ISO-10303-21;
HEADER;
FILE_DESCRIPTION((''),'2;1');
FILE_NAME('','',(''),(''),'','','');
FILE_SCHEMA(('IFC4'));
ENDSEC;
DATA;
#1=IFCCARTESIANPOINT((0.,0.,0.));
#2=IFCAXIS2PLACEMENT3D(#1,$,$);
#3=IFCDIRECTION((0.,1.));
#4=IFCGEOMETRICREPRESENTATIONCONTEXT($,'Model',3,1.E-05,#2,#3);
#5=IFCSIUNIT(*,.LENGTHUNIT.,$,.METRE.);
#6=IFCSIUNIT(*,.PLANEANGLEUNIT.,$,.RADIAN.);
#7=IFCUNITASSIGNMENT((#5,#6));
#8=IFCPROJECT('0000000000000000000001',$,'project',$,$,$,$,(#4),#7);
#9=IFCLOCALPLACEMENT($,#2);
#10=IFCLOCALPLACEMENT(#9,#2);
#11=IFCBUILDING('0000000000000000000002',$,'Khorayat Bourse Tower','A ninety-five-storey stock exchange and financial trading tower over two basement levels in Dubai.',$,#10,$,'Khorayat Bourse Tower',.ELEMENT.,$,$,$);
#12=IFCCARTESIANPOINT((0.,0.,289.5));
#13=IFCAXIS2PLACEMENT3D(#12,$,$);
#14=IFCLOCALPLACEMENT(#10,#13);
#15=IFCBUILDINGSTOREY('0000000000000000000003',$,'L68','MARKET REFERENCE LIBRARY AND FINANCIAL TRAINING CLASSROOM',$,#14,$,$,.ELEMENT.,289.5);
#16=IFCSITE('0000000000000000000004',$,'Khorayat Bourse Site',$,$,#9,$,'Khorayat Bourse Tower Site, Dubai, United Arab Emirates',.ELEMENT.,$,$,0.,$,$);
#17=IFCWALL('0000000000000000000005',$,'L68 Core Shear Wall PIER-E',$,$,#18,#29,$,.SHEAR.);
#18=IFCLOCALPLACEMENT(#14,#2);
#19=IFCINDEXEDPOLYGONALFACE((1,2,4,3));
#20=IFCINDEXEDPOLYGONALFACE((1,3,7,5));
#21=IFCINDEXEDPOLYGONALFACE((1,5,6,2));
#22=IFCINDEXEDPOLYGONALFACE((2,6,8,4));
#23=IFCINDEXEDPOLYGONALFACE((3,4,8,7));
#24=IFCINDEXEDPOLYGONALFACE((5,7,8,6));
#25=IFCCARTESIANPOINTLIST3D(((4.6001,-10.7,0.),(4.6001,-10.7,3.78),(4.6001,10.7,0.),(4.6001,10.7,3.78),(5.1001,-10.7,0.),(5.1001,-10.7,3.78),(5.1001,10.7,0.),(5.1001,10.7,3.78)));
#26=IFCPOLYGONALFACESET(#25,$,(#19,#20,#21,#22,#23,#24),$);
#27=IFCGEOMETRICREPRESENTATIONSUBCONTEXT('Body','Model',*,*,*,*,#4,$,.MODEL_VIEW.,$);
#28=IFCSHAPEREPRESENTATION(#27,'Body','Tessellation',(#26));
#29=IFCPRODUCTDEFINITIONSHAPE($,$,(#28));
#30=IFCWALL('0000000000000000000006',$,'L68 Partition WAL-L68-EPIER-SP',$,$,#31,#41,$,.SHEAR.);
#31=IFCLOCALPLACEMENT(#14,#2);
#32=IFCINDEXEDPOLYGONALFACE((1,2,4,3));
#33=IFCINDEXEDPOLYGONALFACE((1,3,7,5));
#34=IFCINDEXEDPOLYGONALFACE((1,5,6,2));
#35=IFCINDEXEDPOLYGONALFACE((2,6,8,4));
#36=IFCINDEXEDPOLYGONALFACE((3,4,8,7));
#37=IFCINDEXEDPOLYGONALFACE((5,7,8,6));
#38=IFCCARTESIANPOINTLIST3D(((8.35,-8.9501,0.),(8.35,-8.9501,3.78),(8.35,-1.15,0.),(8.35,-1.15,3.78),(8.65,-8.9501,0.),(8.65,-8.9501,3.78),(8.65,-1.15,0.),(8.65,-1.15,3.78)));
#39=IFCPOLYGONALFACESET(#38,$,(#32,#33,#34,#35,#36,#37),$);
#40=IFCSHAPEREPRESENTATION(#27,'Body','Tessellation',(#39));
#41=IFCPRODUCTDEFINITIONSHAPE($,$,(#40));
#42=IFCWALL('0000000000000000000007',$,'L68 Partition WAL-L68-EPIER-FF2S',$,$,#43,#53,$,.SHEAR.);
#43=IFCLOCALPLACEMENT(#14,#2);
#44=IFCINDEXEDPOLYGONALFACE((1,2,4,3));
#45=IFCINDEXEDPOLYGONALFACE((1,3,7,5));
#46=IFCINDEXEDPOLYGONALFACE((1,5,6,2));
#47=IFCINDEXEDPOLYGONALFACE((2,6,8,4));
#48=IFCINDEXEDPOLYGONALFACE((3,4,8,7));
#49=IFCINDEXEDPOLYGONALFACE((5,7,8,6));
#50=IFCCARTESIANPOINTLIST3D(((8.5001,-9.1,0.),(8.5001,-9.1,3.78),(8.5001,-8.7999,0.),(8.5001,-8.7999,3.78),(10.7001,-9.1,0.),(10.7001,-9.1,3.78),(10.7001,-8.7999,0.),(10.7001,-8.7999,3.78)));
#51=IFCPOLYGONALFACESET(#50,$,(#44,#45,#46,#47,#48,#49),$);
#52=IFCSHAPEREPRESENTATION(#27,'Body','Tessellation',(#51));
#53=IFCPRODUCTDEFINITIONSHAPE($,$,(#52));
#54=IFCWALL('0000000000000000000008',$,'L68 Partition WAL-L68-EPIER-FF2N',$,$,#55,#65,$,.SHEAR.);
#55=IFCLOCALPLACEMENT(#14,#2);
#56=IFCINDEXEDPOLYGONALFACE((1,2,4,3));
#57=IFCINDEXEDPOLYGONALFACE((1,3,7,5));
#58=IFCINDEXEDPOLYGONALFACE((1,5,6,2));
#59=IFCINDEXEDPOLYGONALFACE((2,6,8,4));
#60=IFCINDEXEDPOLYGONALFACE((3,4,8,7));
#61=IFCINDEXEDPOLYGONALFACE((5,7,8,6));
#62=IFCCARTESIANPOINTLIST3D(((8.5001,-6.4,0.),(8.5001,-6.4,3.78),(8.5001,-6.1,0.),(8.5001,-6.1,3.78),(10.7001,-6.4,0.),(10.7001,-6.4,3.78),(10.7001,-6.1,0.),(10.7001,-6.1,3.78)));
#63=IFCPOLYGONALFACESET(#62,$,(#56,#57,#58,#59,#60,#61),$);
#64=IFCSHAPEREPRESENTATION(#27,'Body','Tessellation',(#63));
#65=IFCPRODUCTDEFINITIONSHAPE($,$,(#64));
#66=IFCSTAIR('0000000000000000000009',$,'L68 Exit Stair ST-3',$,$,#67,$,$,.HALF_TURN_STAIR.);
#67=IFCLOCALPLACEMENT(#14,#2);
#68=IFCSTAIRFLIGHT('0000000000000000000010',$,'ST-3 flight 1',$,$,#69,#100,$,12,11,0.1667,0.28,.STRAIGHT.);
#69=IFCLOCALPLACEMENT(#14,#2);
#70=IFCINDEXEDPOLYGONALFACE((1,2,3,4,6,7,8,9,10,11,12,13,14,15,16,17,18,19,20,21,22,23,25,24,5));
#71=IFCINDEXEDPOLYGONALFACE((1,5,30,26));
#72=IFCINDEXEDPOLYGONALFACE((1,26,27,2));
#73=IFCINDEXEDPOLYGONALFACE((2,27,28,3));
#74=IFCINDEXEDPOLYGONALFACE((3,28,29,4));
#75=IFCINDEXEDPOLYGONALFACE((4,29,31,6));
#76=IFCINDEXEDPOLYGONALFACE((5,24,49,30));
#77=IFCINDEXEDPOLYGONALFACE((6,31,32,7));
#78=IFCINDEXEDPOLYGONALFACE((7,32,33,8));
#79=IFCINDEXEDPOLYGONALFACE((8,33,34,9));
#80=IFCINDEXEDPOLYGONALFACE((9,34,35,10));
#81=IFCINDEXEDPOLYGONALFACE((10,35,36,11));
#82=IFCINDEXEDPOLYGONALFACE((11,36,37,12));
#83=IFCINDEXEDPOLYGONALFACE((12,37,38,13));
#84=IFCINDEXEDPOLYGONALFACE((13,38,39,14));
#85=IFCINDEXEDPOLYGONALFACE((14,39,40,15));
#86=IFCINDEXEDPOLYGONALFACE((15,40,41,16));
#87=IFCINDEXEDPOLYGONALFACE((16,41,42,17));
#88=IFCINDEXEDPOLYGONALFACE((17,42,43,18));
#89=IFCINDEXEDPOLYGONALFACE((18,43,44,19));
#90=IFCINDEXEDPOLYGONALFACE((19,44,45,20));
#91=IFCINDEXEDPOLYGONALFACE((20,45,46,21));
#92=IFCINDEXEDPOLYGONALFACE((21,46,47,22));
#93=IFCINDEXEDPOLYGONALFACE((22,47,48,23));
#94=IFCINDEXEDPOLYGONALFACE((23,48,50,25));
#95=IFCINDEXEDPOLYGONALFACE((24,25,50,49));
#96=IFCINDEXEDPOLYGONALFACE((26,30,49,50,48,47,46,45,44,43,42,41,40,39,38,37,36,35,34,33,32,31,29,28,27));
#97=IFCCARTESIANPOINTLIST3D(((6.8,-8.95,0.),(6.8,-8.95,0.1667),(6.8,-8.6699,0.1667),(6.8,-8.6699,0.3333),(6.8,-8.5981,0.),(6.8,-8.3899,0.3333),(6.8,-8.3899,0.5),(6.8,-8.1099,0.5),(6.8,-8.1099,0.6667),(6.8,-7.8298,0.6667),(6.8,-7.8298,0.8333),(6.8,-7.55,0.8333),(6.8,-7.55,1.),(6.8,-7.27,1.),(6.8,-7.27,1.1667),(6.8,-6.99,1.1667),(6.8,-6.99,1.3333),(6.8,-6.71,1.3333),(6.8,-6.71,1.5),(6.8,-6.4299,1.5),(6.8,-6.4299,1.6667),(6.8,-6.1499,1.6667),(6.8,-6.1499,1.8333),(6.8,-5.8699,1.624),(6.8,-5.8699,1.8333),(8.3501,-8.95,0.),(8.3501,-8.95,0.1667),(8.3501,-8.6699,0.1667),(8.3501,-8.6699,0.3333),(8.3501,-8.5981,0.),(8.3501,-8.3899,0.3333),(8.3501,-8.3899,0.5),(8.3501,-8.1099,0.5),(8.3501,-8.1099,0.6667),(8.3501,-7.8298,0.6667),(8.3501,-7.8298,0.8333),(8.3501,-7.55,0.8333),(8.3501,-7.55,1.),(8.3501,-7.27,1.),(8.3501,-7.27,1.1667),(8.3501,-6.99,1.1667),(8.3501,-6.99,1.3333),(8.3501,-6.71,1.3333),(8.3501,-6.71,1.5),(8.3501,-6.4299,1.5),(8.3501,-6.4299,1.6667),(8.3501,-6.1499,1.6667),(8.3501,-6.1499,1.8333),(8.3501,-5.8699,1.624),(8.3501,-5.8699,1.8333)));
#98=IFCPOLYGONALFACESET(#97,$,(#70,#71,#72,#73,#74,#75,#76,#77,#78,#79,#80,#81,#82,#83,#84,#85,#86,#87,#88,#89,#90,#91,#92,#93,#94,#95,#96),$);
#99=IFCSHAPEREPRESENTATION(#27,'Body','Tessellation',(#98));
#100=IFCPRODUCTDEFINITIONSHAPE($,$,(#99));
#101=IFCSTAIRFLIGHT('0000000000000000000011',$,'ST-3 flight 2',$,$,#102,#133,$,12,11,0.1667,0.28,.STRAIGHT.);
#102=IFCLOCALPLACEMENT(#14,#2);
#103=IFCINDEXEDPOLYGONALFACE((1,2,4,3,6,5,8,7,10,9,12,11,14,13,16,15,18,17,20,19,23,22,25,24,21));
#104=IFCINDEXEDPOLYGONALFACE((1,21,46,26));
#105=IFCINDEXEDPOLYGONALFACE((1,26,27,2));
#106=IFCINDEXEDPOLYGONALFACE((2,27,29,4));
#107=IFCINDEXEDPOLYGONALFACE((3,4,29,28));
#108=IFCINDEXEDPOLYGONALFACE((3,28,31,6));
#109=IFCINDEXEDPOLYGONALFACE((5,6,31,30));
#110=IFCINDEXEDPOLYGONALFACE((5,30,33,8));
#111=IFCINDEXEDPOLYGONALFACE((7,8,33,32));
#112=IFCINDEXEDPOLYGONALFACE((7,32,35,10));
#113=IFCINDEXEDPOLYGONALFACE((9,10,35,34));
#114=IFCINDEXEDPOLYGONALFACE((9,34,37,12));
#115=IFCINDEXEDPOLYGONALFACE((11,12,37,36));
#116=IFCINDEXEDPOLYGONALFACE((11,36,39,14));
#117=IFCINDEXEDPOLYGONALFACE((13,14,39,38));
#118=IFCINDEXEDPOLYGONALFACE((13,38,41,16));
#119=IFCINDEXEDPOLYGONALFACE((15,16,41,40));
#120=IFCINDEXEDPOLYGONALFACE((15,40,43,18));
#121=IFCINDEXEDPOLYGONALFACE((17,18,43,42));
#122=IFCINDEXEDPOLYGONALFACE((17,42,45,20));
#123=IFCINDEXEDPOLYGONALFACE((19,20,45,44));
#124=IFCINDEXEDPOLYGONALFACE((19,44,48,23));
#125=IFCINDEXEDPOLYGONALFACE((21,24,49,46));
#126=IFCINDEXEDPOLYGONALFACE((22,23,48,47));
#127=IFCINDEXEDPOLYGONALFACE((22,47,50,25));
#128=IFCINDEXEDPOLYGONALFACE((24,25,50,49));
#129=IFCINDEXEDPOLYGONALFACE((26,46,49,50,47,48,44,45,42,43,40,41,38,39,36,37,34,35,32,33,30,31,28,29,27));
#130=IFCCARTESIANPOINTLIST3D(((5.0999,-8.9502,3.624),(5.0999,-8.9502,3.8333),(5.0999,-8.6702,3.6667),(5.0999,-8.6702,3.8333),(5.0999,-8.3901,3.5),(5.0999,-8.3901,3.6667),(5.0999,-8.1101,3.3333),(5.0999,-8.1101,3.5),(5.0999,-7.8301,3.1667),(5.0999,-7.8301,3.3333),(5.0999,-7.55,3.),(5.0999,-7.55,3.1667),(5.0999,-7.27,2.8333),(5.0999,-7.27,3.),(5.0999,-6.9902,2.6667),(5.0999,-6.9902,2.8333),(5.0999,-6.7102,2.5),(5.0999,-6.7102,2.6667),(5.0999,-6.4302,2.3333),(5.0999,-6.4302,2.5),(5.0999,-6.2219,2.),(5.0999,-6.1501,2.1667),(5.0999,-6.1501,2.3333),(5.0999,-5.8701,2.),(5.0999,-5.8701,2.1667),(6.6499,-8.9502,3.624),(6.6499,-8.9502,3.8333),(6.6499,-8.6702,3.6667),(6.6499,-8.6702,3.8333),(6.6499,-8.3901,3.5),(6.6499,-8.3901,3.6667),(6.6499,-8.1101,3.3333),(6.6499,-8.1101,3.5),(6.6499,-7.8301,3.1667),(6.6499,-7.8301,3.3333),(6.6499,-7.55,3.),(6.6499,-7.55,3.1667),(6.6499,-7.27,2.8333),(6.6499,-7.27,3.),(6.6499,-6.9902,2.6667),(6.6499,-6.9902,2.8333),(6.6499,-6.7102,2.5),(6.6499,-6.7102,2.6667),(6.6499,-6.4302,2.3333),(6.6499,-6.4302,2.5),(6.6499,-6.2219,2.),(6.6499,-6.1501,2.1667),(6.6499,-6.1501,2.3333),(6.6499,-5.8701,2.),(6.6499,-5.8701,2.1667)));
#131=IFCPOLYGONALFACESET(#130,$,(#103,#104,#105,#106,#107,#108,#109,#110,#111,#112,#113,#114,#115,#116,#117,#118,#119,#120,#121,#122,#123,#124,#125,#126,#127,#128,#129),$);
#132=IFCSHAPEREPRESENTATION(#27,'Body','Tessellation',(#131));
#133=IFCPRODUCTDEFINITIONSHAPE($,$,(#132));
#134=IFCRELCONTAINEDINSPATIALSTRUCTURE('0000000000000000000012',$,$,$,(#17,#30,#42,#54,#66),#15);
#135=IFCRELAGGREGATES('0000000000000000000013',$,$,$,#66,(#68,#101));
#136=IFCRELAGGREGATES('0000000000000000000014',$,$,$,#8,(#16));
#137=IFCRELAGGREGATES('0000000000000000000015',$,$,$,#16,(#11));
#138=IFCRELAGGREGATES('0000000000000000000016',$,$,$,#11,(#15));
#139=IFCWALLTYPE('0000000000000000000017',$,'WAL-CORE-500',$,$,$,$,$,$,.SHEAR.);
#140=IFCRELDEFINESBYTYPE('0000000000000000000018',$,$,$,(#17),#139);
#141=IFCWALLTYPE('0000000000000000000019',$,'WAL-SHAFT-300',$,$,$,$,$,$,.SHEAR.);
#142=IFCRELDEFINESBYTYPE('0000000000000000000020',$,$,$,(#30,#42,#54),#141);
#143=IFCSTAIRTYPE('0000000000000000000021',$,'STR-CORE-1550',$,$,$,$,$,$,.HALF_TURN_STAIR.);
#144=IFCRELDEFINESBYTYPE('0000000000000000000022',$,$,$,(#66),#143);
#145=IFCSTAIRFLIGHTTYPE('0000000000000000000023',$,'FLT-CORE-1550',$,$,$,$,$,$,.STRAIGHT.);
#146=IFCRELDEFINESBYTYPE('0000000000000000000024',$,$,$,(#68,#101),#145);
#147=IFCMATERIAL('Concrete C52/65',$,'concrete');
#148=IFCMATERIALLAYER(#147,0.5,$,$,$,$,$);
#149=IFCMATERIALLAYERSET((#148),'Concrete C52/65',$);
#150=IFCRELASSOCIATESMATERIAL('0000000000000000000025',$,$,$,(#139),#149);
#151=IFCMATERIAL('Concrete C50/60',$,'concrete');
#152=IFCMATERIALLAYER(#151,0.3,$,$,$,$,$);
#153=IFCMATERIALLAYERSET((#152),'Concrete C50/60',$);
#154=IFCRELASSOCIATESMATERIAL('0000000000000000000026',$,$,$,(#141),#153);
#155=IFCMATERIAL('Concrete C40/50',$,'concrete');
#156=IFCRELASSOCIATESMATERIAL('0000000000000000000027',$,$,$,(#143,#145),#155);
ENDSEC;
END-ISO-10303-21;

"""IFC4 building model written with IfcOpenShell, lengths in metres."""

from ifc_helpers import new_model, si_unit, direction, frame, frame_2d, origin, place, context, subcontext, project, spatial, polyline, rectangle, outline, extrude, source, transform, mapped, material, layer, layer_set, type_object, element, aggregate, save


model = new_model("IFC4")

# Units and contexts
model_context = context("Model", 3, precision=1e-05, world=origin(), true_north=direction((0.0, 1.0)))
body_context = subcontext(model_context, "Body", "Model", "MODEL_VIEW")
ifc_project = project(units=[si_unit("LENGTHUNIT", "METRE"), si_unit("PLANEANGLEUNIT", "RADIAN")], contexts=[model_context])

# Site, building, storey
site_placement = place(None, origin())
site = spatial("IfcSite", under=ifc_project, at=site_placement, Name="Khorayat Bourse Site", LongName="Khorayat Bourse Tower Site, Dubai, United Arab Emirates", CompositionType="ELEMENT", RefElevation=0.0)
building_placement = place(site_placement, origin())
building = spatial("IfcBuilding", under=site, at=building_placement, Name="Khorayat Bourse Tower", Description="A ninety-five-storey stock exchange and financial trading tower over two basement levels in Dubai.", LongName="Khorayat Bourse Tower", CompositionType="ELEMENT")
storey_placement = place(building_placement, frame((0.0, 0.0, 289.5)))
storey = spatial("IfcBuildingStorey", under=building, at=storey_placement, Name="L68", Description="MARKET REFERENCE LIBRARY AND FINANCIAL TRAINING CLASSROOM", CompositionType="ELEMENT", Elevation=289.5)

# Walls
ifc_material_1 = material(Name="Concrete C52/65", Category="concrete")
ifc_layer_1 = layer(ifc_material_1, 0.5)
ifc_layer_set_1 = layer_set([ifc_layer_1], Name="Concrete C52/65")
wall_type_1 = type_object("IfcWallType", Name="WAL-CORE-500", PredefinedType="SHEAR", material=ifc_layer_set_1)
shared_shape_1 = source(origin(), body_context, "Body", "SweptSolid", [
    extrude(rectangle(XDim=21.3999, YDim=0.5, at=frame_2d((10.7, 0.0))), origin(), (0.0, 0.0, 1.0), 3.78),
])
wall_1_placement = place(storey_placement, frame((4.8501, -10.7, 0.0), z_axis=(0.0, 0.0, 1.0), x_axis=(0.0, 1.0, 0.0)))
element("IfcWall", 1, at=wall_1_placement, inside=storey, type_object=wall_type_1, Name="L68 Core Shear Wall PIER-E", PredefinedType="SHEAR", context=body_context, shape_type="MappedRepresentation", body=[
    mapped(shared_shape_1, transform((0.0, 0.0, 0.0), scale=1.0)),
])
ifc_material_2 = material(Name="Concrete C50/60", Category="concrete")
ifc_layer_2 = layer(ifc_material_2, 0.3)
ifc_layer_set_2 = layer_set([ifc_layer_2], Name="Concrete C50/60")
wall_type_2 = type_object("IfcWallType", Name="WAL-SHAFT-300", PredefinedType="SHEAR", material=ifc_layer_set_2)
shared_shape_2 = source(origin(), body_context, "Body", "SweptSolid", [
    extrude(rectangle(XDim=7.8, YDim=0.3, at=frame_2d((3.8999, 0.0))), origin(), (0.0, 0.0, 1.0), 3.78),
])
wall_2_placement = place(storey_placement, frame((8.5, -8.95, 0.0), z_axis=(0.0, 0.0, 1.0), x_axis=(0.0, 1.0, 0.0)))
element("IfcWall", 2, at=wall_2_placement, inside=storey, type_object=wall_type_2, Name="L68 Partition WAL-L68-EPIER-SP", PredefinedType="SHEAR", context=body_context, shape_type="MappedRepresentation", body=[
    mapped(shared_shape_2, transform((0.0, 0.0, 0.0), scale=1.0)),
])
shared_shape_3 = source(origin(), body_context, "Body", "SweptSolid", [
    extrude(rectangle(XDim=2.2, YDim=0.3, at=frame_2d((1.1001, 0.0))), origin(), (0.0, 0.0, 1.0), 3.78),
])
for number, where, z_axis, x_axis, name in (
    (3, (8.5, -8.95, 0.0), (0.0, 0.0, 1.0), (1.0, 0.0, 0.0), "L68 Partition WAL-L68-EPIER-FF2S"),
    (4, (8.5, -6.25, 0.0), (0.0, 0.0, 1.0), (1.0, 0.0, 0.0), "L68 Partition WAL-L68-EPIER-FF2N"),
):
    element("IfcWall", number, at=place(storey_placement, frame(where, z_axis=z_axis, x_axis=x_axis)), inside=storey, type_object=wall_type_2, Name=name, PredefinedType="SHEAR", context=body_context, shape_type="MappedRepresentation", body=[
        mapped(shared_shape_3, transform((0.0, 0.0, 0.0), scale=1.0)),
    ])

# Stair, stair flights
ifc_material_3 = material(Name="Concrete C40/50", Category="concrete")
stair_type = type_object("IfcStairType", Name="STR-CORE-1550", PredefinedType="HALF_TURN_STAIR", material=ifc_material_3)
stair_placement = place(storey_placement, origin())
stair = element("IfcStair", 5, at=stair_placement, inside=storey, type_object=stair_type, Name="L68 Exit Stair ST-3", PredefinedType="HALF_TURN_STAIR")
stair_flight_type = type_object("IfcStairFlightType", Name="FLT-CORE-1550", PredefinedType="STRAIGHT", material=ifc_material_3)
shared_shape_4 = source(origin(), body_context, "Body", "SweptSolid", [
    extrude(outline(polyline([(0.0, 0.0), (0.0, 0.1667), (0.28, 0.1667), (0.28, 0.3333), (0.5601, 0.3333), (0.5601, 0.5), (0.8401, 0.5), (0.8401, 0.6667), (1.1201, 0.6667), (1.1201, 0.8333), (1.3999, 0.8333), (1.3999, 1.0), (1.6799, 1.0), (1.6799, 1.1667), (1.96, 1.1667), (1.96, 1.3333), (2.24, 1.3333), (2.24, 1.5), (2.52, 1.5), (2.52, 1.6667), (2.8, 1.6667), (2.8, 1.8333), (3.0801, 1.8333), (3.0801, 2.0), (3.0801, 1.624), (0.3518, 0.0), (0.0, 0.0)])), frame((0.0, 0.7749, 0.0), z_axis=(0.0, -1.0, 0.0), x_axis=(1.0, 0.0, 0.0)), (0.0, 0.0, 1.0), 1.55),
])
stair_flight_1_placement = place(storey_placement, frame((7.575, -8.95, 0.0), z_axis=(0.0, 0.0, 1.0), x_axis=(0.0, 1.0, 0.0)))
stair_flight_1 = element("IfcStairFlight", 6, at=stair_flight_1_placement, type_object=stair_flight_type, Name="ST-3 flight 1", NumberOfRisers=12, NumberOfTreads=11, PredefinedType="STRAIGHT", RiserHeight=0.1667, TreadLength=0.28, context=body_context, shape_type="MappedRepresentation", body=[
    mapped(shared_shape_4, transform((0.0, 0.0, 0.0), scale=1.0)),
])
stair_flight_2_placement = place(storey_placement, frame((5.875, -5.8701, 2.0), z_axis=(0.0, 0.0, 1.0), x_axis=(0.0, -1.0, 0.0)))
stair_flight_2 = element("IfcStairFlight", 7, at=stair_flight_2_placement, type_object=stair_flight_type, Name="ST-3 flight 2", NumberOfRisers=12, NumberOfTreads=11, PredefinedType="STRAIGHT", RiserHeight=0.1667, TreadLength=0.28, context=body_context, shape_type="MappedRepresentation", body=[
    mapped(shared_shape_4, transform((0.0, 0.0, 0.0), scale=1.0)),
])
aggregate(stair, [stair_flight_1, stair_flight_2])

save(model, "model.ifc")
